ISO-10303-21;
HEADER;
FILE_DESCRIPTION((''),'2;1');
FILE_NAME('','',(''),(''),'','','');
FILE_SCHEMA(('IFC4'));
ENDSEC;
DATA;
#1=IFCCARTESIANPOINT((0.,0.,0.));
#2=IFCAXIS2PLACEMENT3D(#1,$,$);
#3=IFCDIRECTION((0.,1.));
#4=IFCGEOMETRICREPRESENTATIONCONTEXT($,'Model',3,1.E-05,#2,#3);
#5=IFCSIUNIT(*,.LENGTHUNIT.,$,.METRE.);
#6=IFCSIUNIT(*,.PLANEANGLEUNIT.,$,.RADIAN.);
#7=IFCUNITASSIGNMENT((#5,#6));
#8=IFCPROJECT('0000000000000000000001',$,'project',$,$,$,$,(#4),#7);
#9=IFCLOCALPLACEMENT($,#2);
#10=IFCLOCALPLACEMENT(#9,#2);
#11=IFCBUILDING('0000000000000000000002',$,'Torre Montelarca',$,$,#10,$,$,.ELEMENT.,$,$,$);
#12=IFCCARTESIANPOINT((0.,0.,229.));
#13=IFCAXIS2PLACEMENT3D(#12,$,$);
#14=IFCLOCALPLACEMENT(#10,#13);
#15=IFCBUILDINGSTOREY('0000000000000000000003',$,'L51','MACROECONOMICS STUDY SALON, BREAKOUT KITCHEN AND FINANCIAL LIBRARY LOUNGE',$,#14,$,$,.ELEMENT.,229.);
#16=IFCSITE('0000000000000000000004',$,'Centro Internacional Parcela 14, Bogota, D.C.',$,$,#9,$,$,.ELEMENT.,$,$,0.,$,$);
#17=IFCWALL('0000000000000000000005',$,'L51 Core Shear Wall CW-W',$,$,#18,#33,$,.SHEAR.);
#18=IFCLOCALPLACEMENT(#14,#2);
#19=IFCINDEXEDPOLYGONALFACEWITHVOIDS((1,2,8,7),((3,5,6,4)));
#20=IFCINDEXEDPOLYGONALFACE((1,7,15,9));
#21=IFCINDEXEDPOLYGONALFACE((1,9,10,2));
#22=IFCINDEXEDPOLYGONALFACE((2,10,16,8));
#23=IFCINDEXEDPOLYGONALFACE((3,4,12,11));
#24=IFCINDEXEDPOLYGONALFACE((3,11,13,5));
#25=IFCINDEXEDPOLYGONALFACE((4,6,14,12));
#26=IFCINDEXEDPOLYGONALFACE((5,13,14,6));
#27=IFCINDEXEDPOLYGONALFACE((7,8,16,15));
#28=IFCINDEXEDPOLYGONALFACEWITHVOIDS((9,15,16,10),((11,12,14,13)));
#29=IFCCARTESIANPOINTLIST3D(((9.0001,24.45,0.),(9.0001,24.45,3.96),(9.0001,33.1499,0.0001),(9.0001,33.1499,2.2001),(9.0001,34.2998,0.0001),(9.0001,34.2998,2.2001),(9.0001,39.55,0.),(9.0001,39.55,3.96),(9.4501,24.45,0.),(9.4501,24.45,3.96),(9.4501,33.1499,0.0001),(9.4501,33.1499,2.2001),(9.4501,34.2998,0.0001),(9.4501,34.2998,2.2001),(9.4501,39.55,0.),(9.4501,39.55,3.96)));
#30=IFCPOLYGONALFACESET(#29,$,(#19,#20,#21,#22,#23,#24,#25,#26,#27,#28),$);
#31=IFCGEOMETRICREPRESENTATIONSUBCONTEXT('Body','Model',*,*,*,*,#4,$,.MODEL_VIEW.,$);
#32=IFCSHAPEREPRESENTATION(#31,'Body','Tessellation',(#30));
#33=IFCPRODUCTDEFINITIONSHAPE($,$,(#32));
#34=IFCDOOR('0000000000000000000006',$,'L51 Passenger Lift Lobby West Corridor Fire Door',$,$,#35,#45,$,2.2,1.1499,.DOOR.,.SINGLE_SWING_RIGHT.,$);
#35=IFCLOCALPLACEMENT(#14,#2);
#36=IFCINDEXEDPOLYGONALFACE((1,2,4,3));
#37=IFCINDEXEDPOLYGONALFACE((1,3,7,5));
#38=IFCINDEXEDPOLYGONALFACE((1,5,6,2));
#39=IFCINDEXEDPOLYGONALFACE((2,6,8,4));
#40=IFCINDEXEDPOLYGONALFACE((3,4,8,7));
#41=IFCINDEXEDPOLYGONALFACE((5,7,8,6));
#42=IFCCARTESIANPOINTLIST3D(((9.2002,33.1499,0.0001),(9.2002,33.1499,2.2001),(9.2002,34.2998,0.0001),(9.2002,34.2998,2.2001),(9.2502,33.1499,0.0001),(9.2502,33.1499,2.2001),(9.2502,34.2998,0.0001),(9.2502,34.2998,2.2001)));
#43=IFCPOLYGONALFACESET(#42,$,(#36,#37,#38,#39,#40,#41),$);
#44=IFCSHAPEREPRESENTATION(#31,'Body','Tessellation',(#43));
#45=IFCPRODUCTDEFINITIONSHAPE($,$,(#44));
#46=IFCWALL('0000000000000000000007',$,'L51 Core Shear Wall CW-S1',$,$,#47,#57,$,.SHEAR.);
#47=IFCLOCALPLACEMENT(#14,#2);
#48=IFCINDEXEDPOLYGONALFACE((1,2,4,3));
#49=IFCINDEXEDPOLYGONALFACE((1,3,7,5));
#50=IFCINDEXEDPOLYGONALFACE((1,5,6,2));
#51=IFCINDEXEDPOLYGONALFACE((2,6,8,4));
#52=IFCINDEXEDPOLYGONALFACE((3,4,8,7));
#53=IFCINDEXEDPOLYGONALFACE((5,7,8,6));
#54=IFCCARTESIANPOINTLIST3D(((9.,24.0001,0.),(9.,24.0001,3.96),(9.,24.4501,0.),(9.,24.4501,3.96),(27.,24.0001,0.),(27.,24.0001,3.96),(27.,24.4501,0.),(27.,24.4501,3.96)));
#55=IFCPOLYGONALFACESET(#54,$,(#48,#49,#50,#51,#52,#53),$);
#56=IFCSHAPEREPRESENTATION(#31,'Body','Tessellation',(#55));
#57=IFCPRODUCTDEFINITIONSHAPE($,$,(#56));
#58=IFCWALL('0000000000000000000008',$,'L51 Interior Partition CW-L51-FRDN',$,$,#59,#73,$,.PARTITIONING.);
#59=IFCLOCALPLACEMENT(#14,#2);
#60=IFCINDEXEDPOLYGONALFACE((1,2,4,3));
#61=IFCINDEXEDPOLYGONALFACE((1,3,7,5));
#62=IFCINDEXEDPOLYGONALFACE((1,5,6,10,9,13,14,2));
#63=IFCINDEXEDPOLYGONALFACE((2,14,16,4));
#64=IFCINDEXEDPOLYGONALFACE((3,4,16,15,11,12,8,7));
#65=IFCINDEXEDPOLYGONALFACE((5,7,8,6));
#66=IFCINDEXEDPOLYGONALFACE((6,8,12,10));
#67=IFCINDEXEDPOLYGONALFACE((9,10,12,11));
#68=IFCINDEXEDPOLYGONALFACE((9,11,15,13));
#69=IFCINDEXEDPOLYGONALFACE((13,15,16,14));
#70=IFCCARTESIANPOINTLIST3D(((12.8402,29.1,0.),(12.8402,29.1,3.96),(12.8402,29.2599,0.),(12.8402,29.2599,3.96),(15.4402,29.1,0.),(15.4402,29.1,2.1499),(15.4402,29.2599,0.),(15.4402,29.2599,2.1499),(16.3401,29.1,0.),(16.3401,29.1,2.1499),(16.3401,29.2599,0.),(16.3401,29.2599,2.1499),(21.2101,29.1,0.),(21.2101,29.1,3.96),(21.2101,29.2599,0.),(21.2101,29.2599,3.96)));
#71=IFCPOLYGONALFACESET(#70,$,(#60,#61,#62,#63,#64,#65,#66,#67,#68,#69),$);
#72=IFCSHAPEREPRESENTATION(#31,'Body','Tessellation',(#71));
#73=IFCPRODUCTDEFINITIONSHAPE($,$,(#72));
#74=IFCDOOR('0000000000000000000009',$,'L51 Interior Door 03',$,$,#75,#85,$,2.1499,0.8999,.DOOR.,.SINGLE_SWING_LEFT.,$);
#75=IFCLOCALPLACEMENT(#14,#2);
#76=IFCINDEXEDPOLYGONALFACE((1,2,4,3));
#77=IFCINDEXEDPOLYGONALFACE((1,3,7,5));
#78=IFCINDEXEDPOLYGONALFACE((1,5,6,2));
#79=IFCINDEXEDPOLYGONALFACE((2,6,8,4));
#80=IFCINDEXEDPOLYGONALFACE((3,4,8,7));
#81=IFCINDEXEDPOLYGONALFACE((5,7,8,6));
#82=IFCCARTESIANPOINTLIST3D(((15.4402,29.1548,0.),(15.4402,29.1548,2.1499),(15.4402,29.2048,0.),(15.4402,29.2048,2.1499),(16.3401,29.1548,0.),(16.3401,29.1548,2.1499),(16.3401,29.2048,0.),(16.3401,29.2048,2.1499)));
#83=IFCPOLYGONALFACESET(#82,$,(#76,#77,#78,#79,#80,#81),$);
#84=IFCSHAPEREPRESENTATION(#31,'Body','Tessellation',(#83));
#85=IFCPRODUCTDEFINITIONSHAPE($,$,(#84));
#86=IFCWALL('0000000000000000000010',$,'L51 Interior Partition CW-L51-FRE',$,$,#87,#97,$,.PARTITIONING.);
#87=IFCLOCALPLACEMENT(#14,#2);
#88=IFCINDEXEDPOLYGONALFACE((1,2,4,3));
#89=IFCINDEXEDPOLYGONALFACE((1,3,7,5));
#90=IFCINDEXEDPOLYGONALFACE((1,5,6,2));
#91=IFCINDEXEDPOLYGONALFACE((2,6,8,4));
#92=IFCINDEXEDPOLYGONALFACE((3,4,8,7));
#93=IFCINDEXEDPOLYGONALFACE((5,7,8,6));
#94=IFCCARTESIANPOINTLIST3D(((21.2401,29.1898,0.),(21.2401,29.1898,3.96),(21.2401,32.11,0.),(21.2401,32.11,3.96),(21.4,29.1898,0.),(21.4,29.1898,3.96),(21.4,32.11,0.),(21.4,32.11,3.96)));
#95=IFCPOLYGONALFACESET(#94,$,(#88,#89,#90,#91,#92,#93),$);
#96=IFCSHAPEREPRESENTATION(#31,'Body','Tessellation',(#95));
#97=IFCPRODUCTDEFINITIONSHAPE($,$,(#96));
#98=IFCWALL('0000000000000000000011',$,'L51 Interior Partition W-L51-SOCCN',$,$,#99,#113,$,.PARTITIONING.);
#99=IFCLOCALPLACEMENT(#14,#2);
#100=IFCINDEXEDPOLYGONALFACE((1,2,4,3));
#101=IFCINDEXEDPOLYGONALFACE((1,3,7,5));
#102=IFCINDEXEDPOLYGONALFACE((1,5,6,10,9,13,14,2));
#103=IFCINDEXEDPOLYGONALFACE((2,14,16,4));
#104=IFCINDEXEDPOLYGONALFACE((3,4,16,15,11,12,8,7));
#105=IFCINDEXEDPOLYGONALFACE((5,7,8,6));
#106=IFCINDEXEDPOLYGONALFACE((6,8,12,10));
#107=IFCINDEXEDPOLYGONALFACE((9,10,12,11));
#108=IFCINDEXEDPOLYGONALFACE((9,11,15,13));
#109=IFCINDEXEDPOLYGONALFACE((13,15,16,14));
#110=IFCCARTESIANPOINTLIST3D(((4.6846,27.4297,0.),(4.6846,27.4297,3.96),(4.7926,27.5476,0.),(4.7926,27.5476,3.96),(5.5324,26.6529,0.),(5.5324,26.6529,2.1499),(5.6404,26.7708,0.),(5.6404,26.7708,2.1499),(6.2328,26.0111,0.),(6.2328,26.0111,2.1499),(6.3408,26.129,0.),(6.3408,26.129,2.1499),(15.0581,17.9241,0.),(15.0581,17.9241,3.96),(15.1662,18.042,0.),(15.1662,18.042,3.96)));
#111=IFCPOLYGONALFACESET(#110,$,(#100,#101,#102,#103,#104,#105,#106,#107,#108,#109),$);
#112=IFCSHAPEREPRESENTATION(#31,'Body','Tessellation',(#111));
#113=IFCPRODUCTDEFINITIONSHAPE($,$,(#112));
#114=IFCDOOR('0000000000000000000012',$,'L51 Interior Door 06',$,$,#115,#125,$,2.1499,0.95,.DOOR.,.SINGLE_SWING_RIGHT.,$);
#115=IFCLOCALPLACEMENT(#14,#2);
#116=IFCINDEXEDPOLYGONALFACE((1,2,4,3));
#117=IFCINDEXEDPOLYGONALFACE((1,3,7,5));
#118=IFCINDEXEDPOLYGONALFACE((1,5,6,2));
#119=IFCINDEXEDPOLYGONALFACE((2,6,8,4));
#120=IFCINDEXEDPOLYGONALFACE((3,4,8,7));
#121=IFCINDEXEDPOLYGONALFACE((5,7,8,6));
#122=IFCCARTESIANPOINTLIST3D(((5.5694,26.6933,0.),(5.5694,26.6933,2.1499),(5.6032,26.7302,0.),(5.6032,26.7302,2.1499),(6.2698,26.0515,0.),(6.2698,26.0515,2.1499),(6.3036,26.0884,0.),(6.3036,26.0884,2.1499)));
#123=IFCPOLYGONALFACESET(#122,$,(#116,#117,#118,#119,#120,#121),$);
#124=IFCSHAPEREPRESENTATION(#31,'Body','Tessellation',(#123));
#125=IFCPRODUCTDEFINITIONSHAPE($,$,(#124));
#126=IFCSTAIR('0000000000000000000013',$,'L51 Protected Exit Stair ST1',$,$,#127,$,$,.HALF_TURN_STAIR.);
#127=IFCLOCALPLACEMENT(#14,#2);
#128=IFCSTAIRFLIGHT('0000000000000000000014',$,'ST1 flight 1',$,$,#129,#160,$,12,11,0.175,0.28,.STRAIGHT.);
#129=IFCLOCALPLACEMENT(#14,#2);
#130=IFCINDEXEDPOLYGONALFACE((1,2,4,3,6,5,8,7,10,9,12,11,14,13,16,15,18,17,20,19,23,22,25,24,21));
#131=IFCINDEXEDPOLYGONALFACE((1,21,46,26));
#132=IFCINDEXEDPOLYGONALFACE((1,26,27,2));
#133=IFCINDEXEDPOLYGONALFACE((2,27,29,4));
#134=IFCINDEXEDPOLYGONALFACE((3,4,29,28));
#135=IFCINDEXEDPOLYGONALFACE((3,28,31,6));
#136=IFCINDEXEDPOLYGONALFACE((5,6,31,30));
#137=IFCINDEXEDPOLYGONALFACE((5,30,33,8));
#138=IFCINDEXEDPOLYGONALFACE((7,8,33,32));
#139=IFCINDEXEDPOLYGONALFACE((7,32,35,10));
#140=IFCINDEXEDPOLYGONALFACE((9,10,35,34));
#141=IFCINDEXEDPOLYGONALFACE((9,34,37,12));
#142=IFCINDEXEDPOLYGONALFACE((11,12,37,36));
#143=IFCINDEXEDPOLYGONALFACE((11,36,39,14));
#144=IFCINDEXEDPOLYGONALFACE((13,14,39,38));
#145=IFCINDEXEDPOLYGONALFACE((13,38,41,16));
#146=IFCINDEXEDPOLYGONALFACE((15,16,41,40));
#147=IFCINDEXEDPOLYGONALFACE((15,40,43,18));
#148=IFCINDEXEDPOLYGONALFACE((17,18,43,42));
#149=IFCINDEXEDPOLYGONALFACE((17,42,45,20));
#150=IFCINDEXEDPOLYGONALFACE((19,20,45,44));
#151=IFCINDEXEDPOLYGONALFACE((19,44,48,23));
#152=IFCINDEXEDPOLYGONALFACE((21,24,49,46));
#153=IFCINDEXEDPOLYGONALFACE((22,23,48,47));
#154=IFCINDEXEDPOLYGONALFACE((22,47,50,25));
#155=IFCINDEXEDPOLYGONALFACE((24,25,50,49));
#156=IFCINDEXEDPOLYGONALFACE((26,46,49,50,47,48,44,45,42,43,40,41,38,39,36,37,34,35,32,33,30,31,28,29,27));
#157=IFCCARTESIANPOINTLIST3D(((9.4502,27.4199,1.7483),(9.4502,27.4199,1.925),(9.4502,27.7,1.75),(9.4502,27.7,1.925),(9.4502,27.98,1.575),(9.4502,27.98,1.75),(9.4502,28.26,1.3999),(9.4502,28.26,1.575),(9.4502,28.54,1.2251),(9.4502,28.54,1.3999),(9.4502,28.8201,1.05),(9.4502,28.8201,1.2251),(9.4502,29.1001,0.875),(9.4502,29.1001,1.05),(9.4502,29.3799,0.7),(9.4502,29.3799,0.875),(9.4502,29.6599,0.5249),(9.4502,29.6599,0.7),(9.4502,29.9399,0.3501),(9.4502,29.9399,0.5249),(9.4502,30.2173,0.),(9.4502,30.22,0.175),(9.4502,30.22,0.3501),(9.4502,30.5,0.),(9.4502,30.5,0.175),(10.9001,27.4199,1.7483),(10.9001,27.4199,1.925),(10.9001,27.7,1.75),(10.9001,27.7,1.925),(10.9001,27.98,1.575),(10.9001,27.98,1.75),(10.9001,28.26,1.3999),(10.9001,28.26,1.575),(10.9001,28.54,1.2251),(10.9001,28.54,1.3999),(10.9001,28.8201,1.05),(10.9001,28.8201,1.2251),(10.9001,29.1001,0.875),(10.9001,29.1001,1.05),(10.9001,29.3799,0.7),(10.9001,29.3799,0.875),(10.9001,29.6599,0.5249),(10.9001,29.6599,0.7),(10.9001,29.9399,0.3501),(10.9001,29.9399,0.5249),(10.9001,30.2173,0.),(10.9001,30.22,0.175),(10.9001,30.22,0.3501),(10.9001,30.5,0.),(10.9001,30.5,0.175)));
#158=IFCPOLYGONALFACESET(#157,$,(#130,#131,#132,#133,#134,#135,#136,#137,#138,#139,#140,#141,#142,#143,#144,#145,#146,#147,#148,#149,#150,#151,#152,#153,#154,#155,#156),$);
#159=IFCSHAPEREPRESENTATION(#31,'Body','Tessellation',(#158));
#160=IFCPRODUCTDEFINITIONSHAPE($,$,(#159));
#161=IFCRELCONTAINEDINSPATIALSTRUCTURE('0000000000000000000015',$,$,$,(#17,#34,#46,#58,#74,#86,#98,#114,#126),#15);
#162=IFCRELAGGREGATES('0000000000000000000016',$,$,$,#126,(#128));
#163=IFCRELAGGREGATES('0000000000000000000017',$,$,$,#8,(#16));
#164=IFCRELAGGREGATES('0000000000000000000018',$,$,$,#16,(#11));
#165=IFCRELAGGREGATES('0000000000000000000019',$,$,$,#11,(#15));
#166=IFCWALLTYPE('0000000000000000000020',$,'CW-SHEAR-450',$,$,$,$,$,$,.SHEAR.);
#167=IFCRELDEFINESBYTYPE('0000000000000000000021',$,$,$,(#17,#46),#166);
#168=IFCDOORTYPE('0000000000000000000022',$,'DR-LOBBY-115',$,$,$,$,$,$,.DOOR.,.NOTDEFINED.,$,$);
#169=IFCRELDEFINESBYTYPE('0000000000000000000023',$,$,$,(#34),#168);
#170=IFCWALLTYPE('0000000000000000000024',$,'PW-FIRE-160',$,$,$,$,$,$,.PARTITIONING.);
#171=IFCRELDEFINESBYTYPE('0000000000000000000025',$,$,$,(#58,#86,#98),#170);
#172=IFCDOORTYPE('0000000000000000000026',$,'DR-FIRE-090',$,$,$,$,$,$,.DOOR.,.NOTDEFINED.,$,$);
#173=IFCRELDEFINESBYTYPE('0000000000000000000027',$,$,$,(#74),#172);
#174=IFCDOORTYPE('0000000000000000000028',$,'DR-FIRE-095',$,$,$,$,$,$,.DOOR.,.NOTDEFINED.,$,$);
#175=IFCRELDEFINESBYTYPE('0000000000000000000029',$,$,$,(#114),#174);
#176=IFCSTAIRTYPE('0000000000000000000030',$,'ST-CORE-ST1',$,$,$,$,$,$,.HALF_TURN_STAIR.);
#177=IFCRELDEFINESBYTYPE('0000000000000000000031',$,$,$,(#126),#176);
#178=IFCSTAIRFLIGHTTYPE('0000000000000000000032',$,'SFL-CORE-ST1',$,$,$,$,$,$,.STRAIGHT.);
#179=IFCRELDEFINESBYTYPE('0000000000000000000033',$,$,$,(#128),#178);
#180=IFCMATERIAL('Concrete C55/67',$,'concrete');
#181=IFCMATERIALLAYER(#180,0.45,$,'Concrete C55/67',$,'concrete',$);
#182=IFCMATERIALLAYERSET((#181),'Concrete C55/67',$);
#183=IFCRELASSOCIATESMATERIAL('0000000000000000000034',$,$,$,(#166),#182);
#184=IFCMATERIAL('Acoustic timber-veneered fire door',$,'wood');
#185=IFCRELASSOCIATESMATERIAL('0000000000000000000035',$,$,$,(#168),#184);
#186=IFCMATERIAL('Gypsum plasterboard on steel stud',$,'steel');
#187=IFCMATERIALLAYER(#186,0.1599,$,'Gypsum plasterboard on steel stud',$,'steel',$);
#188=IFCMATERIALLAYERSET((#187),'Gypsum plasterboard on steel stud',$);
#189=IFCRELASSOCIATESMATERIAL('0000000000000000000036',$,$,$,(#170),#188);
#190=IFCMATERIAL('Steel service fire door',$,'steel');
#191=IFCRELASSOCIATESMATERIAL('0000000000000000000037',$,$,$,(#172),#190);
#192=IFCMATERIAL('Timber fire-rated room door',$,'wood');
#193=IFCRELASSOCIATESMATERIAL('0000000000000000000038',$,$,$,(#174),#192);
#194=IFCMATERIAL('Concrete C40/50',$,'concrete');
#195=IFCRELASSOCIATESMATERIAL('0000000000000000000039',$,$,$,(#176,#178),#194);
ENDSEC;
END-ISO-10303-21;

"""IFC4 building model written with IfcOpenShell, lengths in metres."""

from ifc_helpers import new_model, si_unit, direction, frame, frame_2d, origin, place, context, subcontext, project, spatial, polyline, rectangle, outline, extrude, source, transform, mapped, material, layer, layer_set, type_object, element, fill, aggregate, save


model = new_model("IFC4")

# Units and contexts
model_context = context("Model", 3, precision=1e-05, world=origin(), true_north=direction((0.0, 1.0)))
body_context = subcontext(model_context, "Body", "Model", "MODEL_VIEW")
ifc_project = project(units=[si_unit("LENGTHUNIT", "METRE"), si_unit("PLANEANGLEUNIT", "RADIAN")], contexts=[model_context])

# Site, building, storey
site_placement = place(None, origin())
site = spatial("IfcSite", under=ifc_project, at=site_placement, Name="Centro Internacional Parcela 14, Bogota, D.C.", CompositionType="ELEMENT", RefElevation=0.0)
building_placement = place(site_placement, origin())
building = spatial("IfcBuilding", under=site, at=building_placement, Name="Torre Montelarca", CompositionType="ELEMENT")
storey_placement = place(building_placement, frame((0.0, 0.0, 229.0)))
storey = spatial("IfcBuildingStorey", under=building, at=storey_placement, Name="L51", Description="MACROECONOMICS STUDY SALON, BREAKOUT KITCHEN AND FINANCIAL LIBRARY LOUNGE", CompositionType="ELEMENT", Elevation=229.0)

# Shared definitions
ifc_material_1 = material(Name="Concrete C55/67", Category="concrete")

# Wall, opening, door
ifc_material_2 = material(Name="Concrete C40/50", Category="concrete")
ifc_layer_1 = layer(ifc_material_1, 0.45, Name="Concrete C55/67", Category="concrete")
ifc_layer_set_1 = layer_set([ifc_layer_1], Name="Concrete C55/67")
wall_type_1 = type_object("IfcWallType", Name="CW-SHEAR-450", PredefinedType="SHEAR", material=ifc_layer_set_1)
wall_1_placement = place(storey_placement, frame((9.2251, 24.45, 0.0), z_axis=(0.0, 0.0, 1.0), x_axis=(0.0, 1.0, 0.0)))
wall_1 = element("IfcWall", 1, at=wall_1_placement, inside=storey, type_object=wall_type_1, Name="L51 Core Shear Wall CW-W", PredefinedType="SHEAR", context=body_context, shape_type="SweptSolid", body=[
    extrude(rectangle(XDim=15.1001, YDim=0.45, at=frame_2d((7.55, 0.0))), origin(), (0.0, 0.0, 1.0), 3.96),
])
opening_1_placement = place(wall_1_placement, frame((8.7, 0.0, 0.0)))
opening_1 = element("IfcOpeningElement", 2, at=opening_1_placement, cuts=wall_1, PredefinedType="OPENING", context=body_context, shape_type="SweptSolid", body=[
    extrude(rectangle(XDim=1.1499, YDim=2.2, at=frame_2d((0.575, 1.1001))), frame((0.0, 0.2349, 0.0), z_axis=(0.0, -1.0, 0.0), x_axis=(1.0, 0.0, 0.0)), (0.0, 0.0, 1.0), 0.47),
])
ifc_material_3 = material(Name="Acoustic timber-veneered fire door", Category="wood")
door_type_1 = type_object("IfcDoorType", Name="DR-LOBBY-115", OperationType="NOTDEFINED", PredefinedType="DOOR", material=ifc_material_3)
shared_shape_1 = source(origin(), body_context, "Body", "SweptSolid", [
    extrude(rectangle(XDim=1.1499, YDim=2.2, at=frame_2d((0.575, 1.1001))), frame((0.0, 0.0249, 0.0), z_axis=(0.0, -1.0, 0.0), x_axis=(1.0, 0.0, 0.0)), (0.0, 0.0, 1.0), 0.05),
])
door_1_placement = place(opening_1_placement, origin())
door_1 = element("IfcDoor", 3, at=door_1_placement, inside=storey, type_object=door_type_1, Name="L51 Passenger Lift Lobby West Corridor Fire Door", OperationType="SINGLE_SWING_RIGHT", OverallHeight=2.2, OverallWidth=1.1499, PredefinedType="DOOR", context=body_context, shape_type="MappedRepresentation", body=[
    mapped(shared_shape_1, transform((0.0, 0.0, 0.0), scale=1.0)),
])
fill(opening_1, door_1)

# Wall
wall_2_placement = place(storey_placement, frame((9.0, 24.2251, 0.0), z_axis=(0.0, 0.0, 1.0), x_axis=(1.0, 0.0, 0.0)))
element("IfcWall", 4, at=wall_2_placement, inside=storey, type_object=wall_type_1, Name="L51 Core Shear Wall CW-S1", PredefinedType="SHEAR", context=body_context, shape_type="SweptSolid", body=[
    extrude(rectangle(XDim=18.0, YDim=0.45, at=frame_2d((9.0, 0.0))), origin(), (0.0, 0.0, 1.0), 3.96),
])

# Wall, opening, door
ifc_material_4 = material(Name="Gypsum plasterboard on steel stud", Category="steel")
ifc_layer_2 = layer(ifc_material_4, 0.1599, Name="Gypsum plasterboard on steel stud", Category="steel")
ifc_layer_set_2 = layer_set([ifc_layer_2], Name="Gypsum plasterboard on steel stud")
wall_type_2 = type_object("IfcWallType", Name="PW-FIRE-160", PredefinedType="PARTITIONING", material=ifc_layer_set_2)
wall_3_placement = place(storey_placement, frame((12.8401, 29.1799, 0.0), z_axis=(0.0, 0.0, 1.0), x_axis=(1.0, 0.0, 0.0)))
wall_3 = element("IfcWall", 5, at=wall_3_placement, inside=storey, type_object=wall_type_2, Name="L51 Interior Partition CW-L51-FRDN", PredefinedType="PARTITIONING", context=body_context, shape_type="SweptSolid", body=[
    extrude(rectangle(XDim=8.3699, YDim=0.1599, at=frame_2d((4.1851, 0.0))), origin(), (0.0, 0.0, 1.0), 3.96),
])
opening_2_placement = place(wall_3_placement, frame((2.6001, 0.0, 0.0)))
opening_2 = element("IfcOpeningElement", 6, at=opening_2_placement, cuts=wall_3, PredefinedType="OPENING", context=body_context, shape_type="SweptSolid", body=[
    extrude(rectangle(XDim=0.8999, YDim=2.1499, at=frame_2d((0.45, 1.075))), frame((0.0, 0.0898, 0.0), z_axis=(0.0, -1.0, 0.0), x_axis=(1.0, 0.0, 0.0)), (0.0, 0.0, 1.0), 0.1799),
])
ifc_material_5 = material(Name="Steel service fire door", Category="steel")
door_type_2 = type_object("IfcDoorType", Name="DR-FIRE-090", OperationType="NOTDEFINED", PredefinedType="DOOR", material=ifc_material_5)
shared_shape_2 = source(origin(), body_context, "Body", "SweptSolid", [
    extrude(rectangle(XDim=0.8999, YDim=2.1499, at=frame_2d((0.45, 1.075))), frame((0.0, 0.0249, 0.0), z_axis=(0.0, -1.0, 0.0), x_axis=(1.0, 0.0, 0.0)), (0.0, 0.0, 1.0), 0.05),
])
door_2_placement = place(opening_2_placement, origin())
door_2 = element("IfcDoor", 7, at=door_2_placement, inside=storey, type_object=door_type_2, Name="L51 Interior Door 03", OperationType="SINGLE_SWING_LEFT", OverallHeight=2.1499, OverallWidth=0.8999, PredefinedType="DOOR", context=body_context, shape_type="MappedRepresentation", body=[
    mapped(shared_shape_2, transform((0.0, 0.0, 0.0), scale=1.0)),
])
fill(opening_2, door_2)

# Wall
wall_4_placement = place(storey_placement, frame((21.3201, 29.1899, 0.0), z_axis=(0.0, 0.0, 1.0), x_axis=(0.0, 1.0, 0.0)))
element("IfcWall", 8, at=wall_4_placement, inside=storey, type_object=wall_type_2, Name="L51 Interior Partition CW-L51-FRE", PredefinedType="PARTITIONING", context=body_context, shape_type="SweptSolid", body=[
    extrude(rectangle(XDim=2.9202, YDim=0.1599, at=frame_2d((1.46, 0.0))), origin(), (0.0, 0.0, 1.0), 3.96),
])

# Wall, opening, door
wall_5_placement = place(storey_placement, frame((4.7385, 27.4888, 0.0), z_axis=(0.0, 0.0, 1.0), x_axis=(0.737277, -0.675591, 0.0)))
wall_5 = element("IfcWall", 9, at=wall_5_placement, inside=storey, type_object=wall_type_2, Name="L51 Interior Partition W-L51-SOCCN", PredefinedType="PARTITIONING", context=body_context, shape_type="SweptSolid", body=[
    extrude(rectangle(XDim=14.0701, YDim=0.1599, at=frame_2d((7.0352, 0.0))), origin(), (0.0, 0.0, 1.0), 3.96),
])
opening_3_placement = place(wall_5_placement, frame((1.1499, 0.0, 0.0)))
opening_3 = element("IfcOpeningElement", 10, at=opening_3_placement, cuts=wall_5, PredefinedType="OPENING", context=body_context, shape_type="SweptSolid", body=[
    extrude(rectangle(XDim=0.95, YDim=2.1499, at=frame_2d((0.4751, 1.075))), frame((0.0, 0.0898, 0.0), z_axis=(0.0, -1.0, 0.0), x_axis=(1.0, 0.0, 0.0)), (0.0, 0.0, 1.0), 0.1799),
])
ifc_material_6 = material(Name="Timber fire-rated room door", Category="wood")
door_type_3 = type_object("IfcDoorType", Name="DR-FIRE-095", OperationType="NOTDEFINED", PredefinedType="DOOR", material=ifc_material_6)
shared_shape_3 = source(origin(), body_context, "Body", "SweptSolid", [
    extrude(rectangle(XDim=0.95, YDim=2.1499, at=frame_2d((0.4751, 1.075))), frame((0.0, 0.0249, 0.0), z_axis=(0.0, -1.0, 0.0), x_axis=(1.0, 0.0, 0.0)), (0.0, 0.0, 1.0), 0.05),
])
door_3_placement = place(opening_3_placement, origin())
door_3 = element("IfcDoor", 11, at=door_3_placement, inside=storey, type_object=door_type_3, Name="L51 Interior Door 06", OperationType="SINGLE_SWING_RIGHT", OverallHeight=2.1499, OverallWidth=0.95, PredefinedType="DOOR", context=body_context, shape_type="MappedRepresentation", body=[
    mapped(shared_shape_3, transform((0.0, 0.0, 0.0), scale=1.0)),
])
fill(opening_3, door_3)

# Stair, stair flight
stair_type = type_object("IfcStairType", Name="ST-CORE-ST1", PredefinedType="HALF_TURN_STAIR", material=ifc_material_2)
stair_placement = place(storey_placement, origin())
stair = element("IfcStair", 12, at=stair_placement, inside=storey, type_object=stair_type, Name="L51 Protected Exit Stair ST1", PredefinedType="HALF_TURN_STAIR")
stair_flight_type = type_object("IfcStairFlightType", Name="SFL-CORE-ST1", PredefinedType="STRAIGHT", material=ifc_material_2)
stair_flight_1_placement = place(storey_placement, frame((10.175, 30.5, 0.0), z_axis=(0.0, 0.0, 1.0), x_axis=(0.0, -1.0, 0.0)))
stair_flight_1 = element("IfcStairFlight", 13, at=stair_flight_1_placement, type_object=stair_flight_type, Name="ST1 flight 1", NumberOfRisers=12, NumberOfTreads=11, PredefinedType="STRAIGHT", RiserHeight=0.175, TreadLength=0.28, context=body_context, shape_type="SweptSolid", body=[
    extrude(outline(polyline([(0.0, 0.0), (0.0, 0.175), (0.28, 0.175), (0.28, 0.3501), (0.5601, 0.3501), (0.5601, 0.5249), (0.8401, 0.5249), (0.8401, 0.7), (1.1201, 0.7), (1.1201, 0.875), (1.3999, 0.875), (1.3999, 1.05), (1.6799, 1.05), (1.6799, 1.2251), (1.96, 1.2251), (1.96, 1.3999), (2.24, 1.3999), (2.24, 1.575), (2.52, 1.575), (2.52, 1.75), (2.8, 1.75), (2.8, 1.925), (3.0801, 1.925), (3.0801, 2.1001), (3.0801, 1.7483), (0.2827, 0.0), (0.0, 0.0)])), frame((0.0, 0.7251, 0.0), z_axis=(0.0, -1.0, 0.0), x_axis=(1.0, 0.0, 0.0)), (0.0, 0.0, 1.0), 1.45),
])
aggregate(stair, [stair_flight_1])

save(model, "model.ifc")
